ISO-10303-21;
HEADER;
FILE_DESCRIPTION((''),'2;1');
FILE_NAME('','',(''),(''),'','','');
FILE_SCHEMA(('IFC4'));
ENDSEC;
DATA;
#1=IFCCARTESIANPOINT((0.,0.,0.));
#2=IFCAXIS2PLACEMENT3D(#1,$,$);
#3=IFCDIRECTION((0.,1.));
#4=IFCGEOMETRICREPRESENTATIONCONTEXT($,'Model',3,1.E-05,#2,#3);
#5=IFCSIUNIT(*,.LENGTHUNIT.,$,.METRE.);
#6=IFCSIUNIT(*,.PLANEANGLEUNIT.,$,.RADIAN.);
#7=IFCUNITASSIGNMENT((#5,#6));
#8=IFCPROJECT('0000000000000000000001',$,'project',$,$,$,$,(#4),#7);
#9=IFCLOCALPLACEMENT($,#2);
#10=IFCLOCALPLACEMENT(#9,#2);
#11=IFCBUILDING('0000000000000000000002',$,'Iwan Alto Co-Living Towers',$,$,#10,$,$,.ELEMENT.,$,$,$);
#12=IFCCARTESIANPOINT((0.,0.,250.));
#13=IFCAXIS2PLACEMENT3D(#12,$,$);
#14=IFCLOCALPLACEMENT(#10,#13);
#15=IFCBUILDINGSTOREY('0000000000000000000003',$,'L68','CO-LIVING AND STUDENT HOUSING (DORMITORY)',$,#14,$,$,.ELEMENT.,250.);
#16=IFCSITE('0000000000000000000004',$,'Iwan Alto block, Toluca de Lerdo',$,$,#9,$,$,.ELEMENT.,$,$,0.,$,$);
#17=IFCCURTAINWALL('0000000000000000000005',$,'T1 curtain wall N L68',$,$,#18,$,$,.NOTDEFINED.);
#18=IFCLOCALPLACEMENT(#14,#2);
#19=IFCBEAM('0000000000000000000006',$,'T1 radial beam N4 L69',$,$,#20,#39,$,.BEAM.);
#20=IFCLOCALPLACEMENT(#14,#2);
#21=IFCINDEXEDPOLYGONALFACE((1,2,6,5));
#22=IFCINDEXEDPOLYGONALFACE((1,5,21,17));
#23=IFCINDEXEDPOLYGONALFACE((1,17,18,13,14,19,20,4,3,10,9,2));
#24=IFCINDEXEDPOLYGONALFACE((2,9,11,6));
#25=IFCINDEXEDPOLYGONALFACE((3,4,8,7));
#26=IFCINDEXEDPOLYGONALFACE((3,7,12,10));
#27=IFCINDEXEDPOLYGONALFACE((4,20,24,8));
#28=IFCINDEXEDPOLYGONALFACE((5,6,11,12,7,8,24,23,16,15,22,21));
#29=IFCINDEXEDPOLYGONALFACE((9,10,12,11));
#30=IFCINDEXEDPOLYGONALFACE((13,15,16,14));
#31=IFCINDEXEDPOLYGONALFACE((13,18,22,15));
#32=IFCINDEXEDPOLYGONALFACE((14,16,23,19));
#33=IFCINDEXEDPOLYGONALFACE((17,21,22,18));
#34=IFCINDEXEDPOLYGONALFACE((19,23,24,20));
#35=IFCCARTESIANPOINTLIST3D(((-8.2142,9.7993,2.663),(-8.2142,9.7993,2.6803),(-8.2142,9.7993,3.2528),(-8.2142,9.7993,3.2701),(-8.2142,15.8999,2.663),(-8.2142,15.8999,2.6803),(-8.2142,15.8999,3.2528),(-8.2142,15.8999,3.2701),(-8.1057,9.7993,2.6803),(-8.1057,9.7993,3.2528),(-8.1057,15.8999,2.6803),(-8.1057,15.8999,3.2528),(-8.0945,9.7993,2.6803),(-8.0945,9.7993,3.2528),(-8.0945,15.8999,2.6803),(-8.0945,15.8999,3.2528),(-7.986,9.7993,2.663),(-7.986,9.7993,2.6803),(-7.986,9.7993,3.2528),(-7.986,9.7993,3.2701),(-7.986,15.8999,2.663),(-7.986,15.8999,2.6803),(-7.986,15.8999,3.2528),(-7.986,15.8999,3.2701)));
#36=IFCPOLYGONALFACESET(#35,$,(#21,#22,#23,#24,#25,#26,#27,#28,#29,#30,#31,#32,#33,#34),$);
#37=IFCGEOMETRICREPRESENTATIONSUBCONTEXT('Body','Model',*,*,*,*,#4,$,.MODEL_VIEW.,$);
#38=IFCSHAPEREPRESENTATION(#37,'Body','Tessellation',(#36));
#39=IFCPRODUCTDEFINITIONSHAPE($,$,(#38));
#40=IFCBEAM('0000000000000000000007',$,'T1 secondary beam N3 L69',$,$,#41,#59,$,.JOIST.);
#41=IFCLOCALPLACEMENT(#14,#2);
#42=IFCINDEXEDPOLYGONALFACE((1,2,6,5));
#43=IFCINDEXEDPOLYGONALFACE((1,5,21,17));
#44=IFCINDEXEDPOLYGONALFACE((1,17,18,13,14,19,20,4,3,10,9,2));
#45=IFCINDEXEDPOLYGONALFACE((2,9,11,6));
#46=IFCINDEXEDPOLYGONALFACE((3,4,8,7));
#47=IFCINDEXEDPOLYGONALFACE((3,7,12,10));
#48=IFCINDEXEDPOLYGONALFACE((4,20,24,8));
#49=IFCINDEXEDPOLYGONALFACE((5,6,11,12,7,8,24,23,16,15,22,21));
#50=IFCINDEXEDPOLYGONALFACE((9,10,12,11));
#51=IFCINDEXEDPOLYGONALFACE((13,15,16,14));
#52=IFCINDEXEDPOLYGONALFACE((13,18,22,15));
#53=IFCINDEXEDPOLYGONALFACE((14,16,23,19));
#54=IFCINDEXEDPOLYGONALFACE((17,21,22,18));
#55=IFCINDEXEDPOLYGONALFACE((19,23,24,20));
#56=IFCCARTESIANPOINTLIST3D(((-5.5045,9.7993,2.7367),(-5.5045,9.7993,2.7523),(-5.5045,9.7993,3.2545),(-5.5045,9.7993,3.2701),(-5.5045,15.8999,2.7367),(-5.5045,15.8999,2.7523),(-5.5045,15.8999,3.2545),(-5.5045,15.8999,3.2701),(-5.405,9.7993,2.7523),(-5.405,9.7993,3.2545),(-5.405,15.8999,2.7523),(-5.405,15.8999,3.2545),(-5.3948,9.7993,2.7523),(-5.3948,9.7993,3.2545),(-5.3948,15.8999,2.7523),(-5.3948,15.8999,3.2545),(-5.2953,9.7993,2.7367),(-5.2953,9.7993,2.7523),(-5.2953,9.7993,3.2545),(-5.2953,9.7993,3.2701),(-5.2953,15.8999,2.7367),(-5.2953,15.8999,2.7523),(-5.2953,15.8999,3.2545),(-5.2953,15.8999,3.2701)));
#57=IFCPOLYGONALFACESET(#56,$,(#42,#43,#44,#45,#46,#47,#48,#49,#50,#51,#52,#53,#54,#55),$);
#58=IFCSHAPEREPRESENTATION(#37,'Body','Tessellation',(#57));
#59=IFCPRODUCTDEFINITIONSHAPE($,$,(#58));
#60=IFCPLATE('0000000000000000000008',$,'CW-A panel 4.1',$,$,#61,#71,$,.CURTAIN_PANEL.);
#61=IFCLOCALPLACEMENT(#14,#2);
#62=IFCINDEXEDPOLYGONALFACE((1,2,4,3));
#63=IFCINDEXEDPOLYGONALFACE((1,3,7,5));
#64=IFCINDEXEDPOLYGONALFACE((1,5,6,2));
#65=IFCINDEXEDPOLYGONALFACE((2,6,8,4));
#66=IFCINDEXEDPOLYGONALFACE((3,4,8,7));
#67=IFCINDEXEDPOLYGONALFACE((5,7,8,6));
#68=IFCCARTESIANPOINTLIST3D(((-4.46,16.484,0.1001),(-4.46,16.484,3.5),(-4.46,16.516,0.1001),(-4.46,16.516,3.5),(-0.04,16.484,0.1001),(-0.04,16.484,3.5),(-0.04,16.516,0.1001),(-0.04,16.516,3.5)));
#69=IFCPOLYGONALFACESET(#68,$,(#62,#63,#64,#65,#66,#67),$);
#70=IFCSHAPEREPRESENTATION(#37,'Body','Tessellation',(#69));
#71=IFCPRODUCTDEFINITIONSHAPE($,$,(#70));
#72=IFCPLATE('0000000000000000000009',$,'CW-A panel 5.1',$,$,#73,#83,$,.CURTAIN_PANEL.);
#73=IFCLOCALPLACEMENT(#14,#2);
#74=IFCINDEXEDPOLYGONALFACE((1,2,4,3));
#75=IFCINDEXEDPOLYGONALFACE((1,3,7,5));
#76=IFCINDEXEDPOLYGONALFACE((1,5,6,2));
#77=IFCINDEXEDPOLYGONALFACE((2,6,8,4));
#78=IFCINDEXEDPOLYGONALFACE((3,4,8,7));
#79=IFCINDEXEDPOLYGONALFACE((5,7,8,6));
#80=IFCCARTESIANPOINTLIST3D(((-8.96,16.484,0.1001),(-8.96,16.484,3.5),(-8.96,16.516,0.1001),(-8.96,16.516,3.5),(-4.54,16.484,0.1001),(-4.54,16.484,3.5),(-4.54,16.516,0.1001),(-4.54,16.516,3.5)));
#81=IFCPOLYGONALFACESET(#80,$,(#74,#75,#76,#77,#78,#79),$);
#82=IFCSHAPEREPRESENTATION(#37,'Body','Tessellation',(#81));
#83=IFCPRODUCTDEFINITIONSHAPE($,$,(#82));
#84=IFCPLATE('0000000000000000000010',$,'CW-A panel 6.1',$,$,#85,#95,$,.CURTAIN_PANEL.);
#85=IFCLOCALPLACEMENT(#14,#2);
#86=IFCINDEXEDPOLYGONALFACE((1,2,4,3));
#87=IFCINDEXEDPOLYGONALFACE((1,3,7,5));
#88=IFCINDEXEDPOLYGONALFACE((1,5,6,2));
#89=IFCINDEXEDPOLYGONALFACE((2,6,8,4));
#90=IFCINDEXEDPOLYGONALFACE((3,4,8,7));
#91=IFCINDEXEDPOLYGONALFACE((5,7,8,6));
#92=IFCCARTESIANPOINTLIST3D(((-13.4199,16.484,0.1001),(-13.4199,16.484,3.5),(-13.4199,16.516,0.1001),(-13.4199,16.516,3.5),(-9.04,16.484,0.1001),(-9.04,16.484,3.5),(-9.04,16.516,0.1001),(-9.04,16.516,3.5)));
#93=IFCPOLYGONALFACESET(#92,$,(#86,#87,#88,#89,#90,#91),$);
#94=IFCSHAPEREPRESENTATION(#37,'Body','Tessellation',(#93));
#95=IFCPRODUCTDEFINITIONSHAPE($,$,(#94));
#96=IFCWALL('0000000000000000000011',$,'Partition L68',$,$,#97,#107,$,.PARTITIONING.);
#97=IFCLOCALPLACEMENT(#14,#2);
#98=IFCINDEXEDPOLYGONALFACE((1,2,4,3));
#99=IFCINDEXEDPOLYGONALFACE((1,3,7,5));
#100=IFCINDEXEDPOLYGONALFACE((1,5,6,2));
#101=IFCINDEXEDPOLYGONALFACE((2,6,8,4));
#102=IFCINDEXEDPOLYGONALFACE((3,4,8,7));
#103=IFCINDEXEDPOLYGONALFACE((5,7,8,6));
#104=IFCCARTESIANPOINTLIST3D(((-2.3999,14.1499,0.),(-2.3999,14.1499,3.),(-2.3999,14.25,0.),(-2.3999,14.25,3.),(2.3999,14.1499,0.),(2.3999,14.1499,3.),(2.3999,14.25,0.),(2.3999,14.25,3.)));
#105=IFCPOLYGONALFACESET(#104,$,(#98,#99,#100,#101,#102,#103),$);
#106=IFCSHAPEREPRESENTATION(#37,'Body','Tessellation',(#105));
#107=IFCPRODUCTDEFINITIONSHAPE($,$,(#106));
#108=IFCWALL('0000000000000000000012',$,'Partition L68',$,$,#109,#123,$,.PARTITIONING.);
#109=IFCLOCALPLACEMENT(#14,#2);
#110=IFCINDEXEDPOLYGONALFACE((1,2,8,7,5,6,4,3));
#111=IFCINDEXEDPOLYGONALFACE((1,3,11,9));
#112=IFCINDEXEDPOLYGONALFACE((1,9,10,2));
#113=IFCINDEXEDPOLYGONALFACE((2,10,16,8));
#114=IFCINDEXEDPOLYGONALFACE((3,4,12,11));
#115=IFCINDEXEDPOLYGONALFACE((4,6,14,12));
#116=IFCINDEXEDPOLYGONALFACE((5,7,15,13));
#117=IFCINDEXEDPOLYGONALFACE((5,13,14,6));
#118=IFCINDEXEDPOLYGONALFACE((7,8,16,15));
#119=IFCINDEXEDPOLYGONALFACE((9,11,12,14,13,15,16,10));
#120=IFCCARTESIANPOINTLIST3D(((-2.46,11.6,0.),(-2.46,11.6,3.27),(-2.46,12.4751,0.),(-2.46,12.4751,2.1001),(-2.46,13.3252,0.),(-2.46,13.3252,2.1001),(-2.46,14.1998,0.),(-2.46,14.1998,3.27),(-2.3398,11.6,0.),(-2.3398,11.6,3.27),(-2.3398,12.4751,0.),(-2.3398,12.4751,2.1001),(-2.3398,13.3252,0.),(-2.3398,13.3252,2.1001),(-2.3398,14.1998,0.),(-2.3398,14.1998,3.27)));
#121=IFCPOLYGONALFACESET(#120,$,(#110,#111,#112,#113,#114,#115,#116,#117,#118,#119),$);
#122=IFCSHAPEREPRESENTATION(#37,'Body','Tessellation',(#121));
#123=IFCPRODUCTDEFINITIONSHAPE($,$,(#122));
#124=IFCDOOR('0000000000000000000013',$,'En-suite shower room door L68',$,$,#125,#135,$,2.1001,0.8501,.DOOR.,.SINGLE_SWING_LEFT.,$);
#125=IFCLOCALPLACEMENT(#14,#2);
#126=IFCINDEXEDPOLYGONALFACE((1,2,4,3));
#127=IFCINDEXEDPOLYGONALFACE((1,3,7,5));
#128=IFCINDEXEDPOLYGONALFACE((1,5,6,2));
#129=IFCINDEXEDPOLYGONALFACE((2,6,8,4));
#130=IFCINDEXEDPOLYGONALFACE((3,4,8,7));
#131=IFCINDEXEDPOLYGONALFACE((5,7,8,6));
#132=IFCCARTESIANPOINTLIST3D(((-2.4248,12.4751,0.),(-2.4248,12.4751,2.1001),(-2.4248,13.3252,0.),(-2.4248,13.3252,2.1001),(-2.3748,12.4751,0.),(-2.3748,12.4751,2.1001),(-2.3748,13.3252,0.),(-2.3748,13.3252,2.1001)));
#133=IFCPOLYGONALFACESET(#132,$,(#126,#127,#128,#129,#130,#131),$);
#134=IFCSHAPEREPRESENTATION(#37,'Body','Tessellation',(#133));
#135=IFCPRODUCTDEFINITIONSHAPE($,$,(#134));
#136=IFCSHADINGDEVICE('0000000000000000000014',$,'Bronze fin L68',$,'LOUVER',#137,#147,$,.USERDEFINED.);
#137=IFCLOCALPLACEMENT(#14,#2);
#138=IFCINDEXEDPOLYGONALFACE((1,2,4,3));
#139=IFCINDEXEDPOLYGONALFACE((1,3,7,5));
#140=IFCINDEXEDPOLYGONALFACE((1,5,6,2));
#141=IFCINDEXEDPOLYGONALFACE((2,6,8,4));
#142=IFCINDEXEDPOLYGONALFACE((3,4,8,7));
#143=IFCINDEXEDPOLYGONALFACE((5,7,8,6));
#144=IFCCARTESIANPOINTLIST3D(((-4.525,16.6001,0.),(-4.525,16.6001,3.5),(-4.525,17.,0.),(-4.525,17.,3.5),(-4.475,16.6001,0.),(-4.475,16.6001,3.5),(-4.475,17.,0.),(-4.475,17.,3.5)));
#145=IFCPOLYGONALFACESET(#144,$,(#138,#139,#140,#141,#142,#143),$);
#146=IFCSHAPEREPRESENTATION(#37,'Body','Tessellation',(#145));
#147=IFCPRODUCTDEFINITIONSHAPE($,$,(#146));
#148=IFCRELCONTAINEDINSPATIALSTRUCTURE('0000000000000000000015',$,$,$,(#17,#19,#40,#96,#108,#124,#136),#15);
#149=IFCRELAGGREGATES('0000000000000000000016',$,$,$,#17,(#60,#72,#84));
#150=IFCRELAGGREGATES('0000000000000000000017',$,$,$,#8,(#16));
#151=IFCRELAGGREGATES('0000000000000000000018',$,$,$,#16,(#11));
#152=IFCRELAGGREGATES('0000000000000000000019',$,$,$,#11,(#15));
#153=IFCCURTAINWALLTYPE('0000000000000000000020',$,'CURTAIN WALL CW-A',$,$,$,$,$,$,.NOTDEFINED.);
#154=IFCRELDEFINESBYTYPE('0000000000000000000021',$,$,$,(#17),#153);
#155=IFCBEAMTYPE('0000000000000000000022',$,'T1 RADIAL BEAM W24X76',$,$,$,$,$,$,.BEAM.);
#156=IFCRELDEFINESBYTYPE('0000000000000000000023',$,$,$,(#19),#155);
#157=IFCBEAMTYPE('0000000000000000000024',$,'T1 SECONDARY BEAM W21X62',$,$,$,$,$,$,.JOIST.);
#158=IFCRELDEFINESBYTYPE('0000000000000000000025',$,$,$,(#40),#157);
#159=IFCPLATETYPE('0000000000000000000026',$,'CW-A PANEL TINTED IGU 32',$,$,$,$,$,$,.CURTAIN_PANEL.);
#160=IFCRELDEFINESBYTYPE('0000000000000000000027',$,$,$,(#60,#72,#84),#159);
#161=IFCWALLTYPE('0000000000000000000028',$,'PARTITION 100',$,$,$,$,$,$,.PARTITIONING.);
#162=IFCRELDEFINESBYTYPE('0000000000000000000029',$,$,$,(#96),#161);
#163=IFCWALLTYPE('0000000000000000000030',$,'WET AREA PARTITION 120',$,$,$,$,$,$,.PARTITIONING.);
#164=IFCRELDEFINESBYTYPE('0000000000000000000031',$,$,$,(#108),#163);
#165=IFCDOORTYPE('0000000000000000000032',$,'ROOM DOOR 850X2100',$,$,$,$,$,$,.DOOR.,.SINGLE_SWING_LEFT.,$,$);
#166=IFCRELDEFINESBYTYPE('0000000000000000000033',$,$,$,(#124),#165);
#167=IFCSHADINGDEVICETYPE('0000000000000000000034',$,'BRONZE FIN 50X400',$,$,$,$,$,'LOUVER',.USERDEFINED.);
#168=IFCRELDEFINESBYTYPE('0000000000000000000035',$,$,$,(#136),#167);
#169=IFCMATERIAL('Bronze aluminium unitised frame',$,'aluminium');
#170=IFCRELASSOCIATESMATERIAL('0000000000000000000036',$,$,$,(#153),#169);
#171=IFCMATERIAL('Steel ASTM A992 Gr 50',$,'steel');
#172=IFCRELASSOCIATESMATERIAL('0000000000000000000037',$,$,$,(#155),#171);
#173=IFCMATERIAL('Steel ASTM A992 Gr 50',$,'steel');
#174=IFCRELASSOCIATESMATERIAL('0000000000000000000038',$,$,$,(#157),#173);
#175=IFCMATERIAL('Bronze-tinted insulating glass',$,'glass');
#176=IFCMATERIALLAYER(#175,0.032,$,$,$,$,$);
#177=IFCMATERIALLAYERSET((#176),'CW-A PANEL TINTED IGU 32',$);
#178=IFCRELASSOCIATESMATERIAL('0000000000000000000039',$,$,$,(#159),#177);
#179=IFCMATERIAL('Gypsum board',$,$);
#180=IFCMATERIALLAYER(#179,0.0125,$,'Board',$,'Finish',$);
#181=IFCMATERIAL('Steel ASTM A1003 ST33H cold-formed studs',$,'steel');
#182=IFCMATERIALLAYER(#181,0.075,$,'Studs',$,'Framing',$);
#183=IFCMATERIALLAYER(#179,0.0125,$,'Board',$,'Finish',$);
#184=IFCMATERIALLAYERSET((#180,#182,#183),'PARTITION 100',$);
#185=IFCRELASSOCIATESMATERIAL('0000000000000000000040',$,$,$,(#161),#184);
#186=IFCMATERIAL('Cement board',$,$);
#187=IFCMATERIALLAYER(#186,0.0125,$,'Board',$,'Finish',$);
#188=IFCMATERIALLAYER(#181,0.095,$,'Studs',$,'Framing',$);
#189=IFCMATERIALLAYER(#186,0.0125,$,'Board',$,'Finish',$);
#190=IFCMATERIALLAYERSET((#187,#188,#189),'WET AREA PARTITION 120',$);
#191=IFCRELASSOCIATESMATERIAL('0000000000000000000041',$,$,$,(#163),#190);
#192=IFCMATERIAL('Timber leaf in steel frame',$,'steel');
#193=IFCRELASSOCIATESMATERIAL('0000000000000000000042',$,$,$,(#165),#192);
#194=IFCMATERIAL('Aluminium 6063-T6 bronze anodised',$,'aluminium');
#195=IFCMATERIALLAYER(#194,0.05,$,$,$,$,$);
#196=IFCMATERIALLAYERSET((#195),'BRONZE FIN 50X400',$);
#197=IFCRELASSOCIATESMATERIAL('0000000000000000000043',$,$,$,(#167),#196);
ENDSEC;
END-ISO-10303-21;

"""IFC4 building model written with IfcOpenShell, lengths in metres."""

from ifc_helpers import new_model, si_unit, direction, frame, frame_2d, origin, origin_2d, place, context, subcontext, project, spatial, rectangle, i_section, extrude, material, layer, layer_set, material_profile, profile_set, type_object, element, fill, aggregate, save


model = new_model("IFC4")

# Units and contexts
model_context = context("Model", 3, precision=1e-05, world=origin(), true_north=direction((0.0, 1.0)))
body_context = subcontext(model_context, "Body", "Model", "MODEL_VIEW")
ifc_project = project(units=[si_unit("LENGTHUNIT", "METRE"), si_unit("PLANEANGLEUNIT", "RADIAN")], contexts=[model_context])

# Site, building, storey
site_placement = place(None, origin())
site = spatial("IfcSite", under=ifc_project, at=site_placement, Name="Iwan Alto block, Toluca de Lerdo", CompositionType="ELEMENT", RefElevation=0.0)
building_placement = place(site_placement, origin())
building = spatial("IfcBuilding", under=site, at=building_placement, Name="Iwan Alto Co-Living Towers", CompositionType="ELEMENT")
storey_placement = place(building_placement, frame((0.0, 0.0, 250.0)))
storey = spatial("IfcBuildingStorey", under=building, at=storey_placement, Name="L68", Description="CO-LIVING AND STUDENT HOUSING (DORMITORY)", CompositionType="ELEMENT", Elevation=250.0)

# Curtain wall
ifc_material_1 = material(Name="Bronze aluminium unitised frame", Category="aluminium")
curtain_wall_type = type_object("IfcCurtainWallType", Name="CURTAIN WALL CW-A", PredefinedType="NOTDEFINED", material=ifc_material_1)
curtain_wall_placement = place(storey_placement, origin())
curtain_wall = element("IfcCurtainWall", 1, at=curtain_wall_placement, inside=storey, type_object=curtain_wall_type, Name="T1 curtain wall N L68", PredefinedType="NOTDEFINED")

# Beams
ifc_material_2 = material(Name="Steel ASTM A992 Gr 50", Category="steel")
ifc_material_profile_1 = material_profile(ifc_material_2, i_section(OverallWidth=0.2283, OverallDepth=0.6072, WebThickness=0.0112, FlangeThickness=0.0173, at=origin_2d()), Name="W24X76")
ifc_profile_set_1 = profile_set([ifc_material_profile_1], Name="Steel ASTM A992 Gr 50")
beam_type_1 = type_object("IfcBeamType", Name="T1 RADIAL BEAM W24X76", PredefinedType="BEAM", material=ifc_profile_set_1)
for number, where, z_axis, x_axis, name in (
    (2, (-8.1001, 15.8999, 2.9666), (0.0, -1.0, 0.0), (1.0, 0.0, 0.0), "T1 radial beam N4 L69"),
):
    element("IfcBeam", number, at=place(storey_placement, frame(where, z_axis=z_axis, x_axis=x_axis)), inside=storey, type_object=beam_type_1, Name=name, PredefinedType="BEAM", context=body_context, shape_type="SweptSolid", body=[
        extrude(i_section(OverallWidth=0.2283, OverallDepth=0.6072, WebThickness=0.0112, FlangeThickness=0.0173, at=origin_2d()), origin(), (0.0, 0.0, 1.0), 6.1006),
    ])
ifc_material_3 = material(Name="Steel ASTM A992 Gr 50", Category="steel")
ifc_material_profile_2 = material_profile(ifc_material_3, i_section(OverallWidth=0.2092, OverallDepth=0.5334, WebThickness=0.0103, FlangeThickness=0.0156, at=origin_2d()), Name="W21X62")
ifc_profile_set_2 = profile_set([ifc_material_profile_2], Name="Steel ASTM A992 Gr 50")
beam_type_2 = type_object("IfcBeamType", Name="T1 SECONDARY BEAM W21X62", PredefinedType="JOIST", material=ifc_profile_set_2)
beam_1_placement = place(storey_placement, frame((-5.3999, 15.8999, 3.0034), z_axis=(0.0, -1.0, 0.0), x_axis=(1.0, 0.0, 0.0)))
element("IfcBeam", 3, at=beam_1_placement, inside=storey, type_object=beam_type_2, Name="T1 secondary beam N3 L69", PredefinedType="JOIST", context=body_context, shape_type="SweptSolid", body=[
    extrude(i_section(OverallWidth=0.2092, OverallDepth=0.5334, WebThickness=0.0103, FlangeThickness=0.0156, at=origin_2d()), origin(), (0.0, 0.0, 1.0), 6.1006),
])

# Plates
ifc_material_4 = material(Name="Bronze-tinted insulating glass", Category="glass")
ifc_layer_1 = layer(ifc_material_4, 0.032)
ifc_layer_set_1 = layer_set([ifc_layer_1], Name="CW-A PANEL TINTED IGU 32")
plate_type = type_object("IfcPlateType", Name="CW-A PANEL TINTED IGU 32", PredefinedType="CURTAIN_PANEL", material=ifc_layer_set_1)
plate_1_placement = place(storey_placement, frame((-2.25, 16.5, 0.1001), z_axis=(0.0, 0.0, 1.0), x_axis=(-1.0, 0.0, 0.0)))
plate_1 = element("IfcPlate", 4, at=plate_1_placement, type_object=plate_type, Name="CW-A panel 4.1", PredefinedType="CURTAIN_PANEL", context=body_context, shape_type="SweptSolid", body=[
    extrude(rectangle(XDim=4.4199, YDim=0.032, at=origin_2d()), origin(), (0.0, 0.0, 1.0), 3.3999),
])
plate_2_placement = place(storey_placement, frame((-6.75, 16.5, 0.1001), z_axis=(0.0, 0.0, 1.0), x_axis=(-1.0, 0.0, 0.0)))
plate_2 = element("IfcPlate", 5, at=plate_2_placement, type_object=plate_type, Name="CW-A panel 5.1", PredefinedType="CURTAIN_PANEL", context=body_context, shape_type="SweptSolid", body=[
    extrude(rectangle(XDim=4.4199, YDim=0.032, at=origin_2d()), origin(), (0.0, 0.0, 1.0), 3.3999),
])
plate_3_placement = place(storey_placement, frame((-11.23, 16.5, 0.1001), z_axis=(0.0, 0.0, 1.0), x_axis=(-1.0, 0.0, 0.0)))
plate_3 = element("IfcPlate", 6, at=plate_3_placement, type_object=plate_type, Name="CW-A panel 6.1", PredefinedType="CURTAIN_PANEL", context=body_context, shape_type="SweptSolid", body=[
    extrude(rectangle(XDim=4.3799, YDim=0.032, at=origin_2d()), origin(), (0.0, 0.0, 1.0), 3.3999),
])
aggregate(curtain_wall, [plate_1, plate_2, plate_3])

# Wall
ifc_material_5 = material(Name="Gypsum board")
ifc_layer_2 = layer(ifc_material_5, 0.0125, Name="Board", Category="Finish")
ifc_material_6 = material(Name="Steel ASTM A1003 ST33H cold-formed studs", Category="steel")
ifc_layer_3 = layer(ifc_material_6, 0.075, Name="Studs", Category="Framing")
ifc_layer_4 = layer(ifc_material_5, 0.0125, Name="Board", Category="Finish")
ifc_layer_set_2 = layer_set([ifc_layer_2, ifc_layer_3, ifc_layer_4], Name="PARTITION 100")
wall_type_1 = type_object("IfcWallType", Name="PARTITION 100", PredefinedType="PARTITIONING", material=ifc_layer_set_2)
wall_1_placement = place(storey_placement, frame((-2.3999, 14.2, 0.0), z_axis=(0.0, 0.0, 1.0), x_axis=(1.0, 0.0, 0.0)))
element("IfcWall", 7, at=wall_1_placement, inside=storey, type_object=wall_type_1, Name="Partition L68", PredefinedType="PARTITIONING", context=body_context, shape_type="SweptSolid", body=[
    extrude(rectangle(XDim=4.7998, YDim=0.1001, at=frame_2d((2.3999, 0.0))), origin(), (0.0, 0.0, 1.0), 3.0),
])

# Wall, opening, door
ifc_material_7 = material(Name="Cement board")
ifc_layer_5 = layer(ifc_material_7, 0.0125, Name="Board", Category="Finish")
ifc_layer_6 = layer(ifc_material_6, 0.095, Name="Studs", Category="Framing")
ifc_layer_7 = layer(ifc_material_7, 0.0125, Name="Board", Category="Finish")
ifc_layer_set_3 = layer_set([ifc_layer_5, ifc_layer_6, ifc_layer_7], Name="WET AREA PARTITION 120")
wall_type_2 = type_object("IfcWallType", Name="WET AREA PARTITION 120", PredefinedType="PARTITIONING", material=ifc_layer_set_3)
wall_2_placement = place(storey_placement, frame((-2.3999, 11.6001, 0.0), z_axis=(0.0, 0.0, 1.0), x_axis=(0.0, 1.0, 0.0)))
wall_2 = element("IfcWall", 8, at=wall_2_placement, inside=storey, type_object=wall_type_2, Name="Partition L68", PredefinedType="PARTITIONING", context=body_context, shape_type="SweptSolid", body=[
    extrude(rectangle(XDim=2.5999, YDim=0.1201, at=frame_2d((1.2998, 0.0))), origin(), (0.0, 0.0, 1.0), 3.27),
])
opening_placement = place(wall_2_placement, frame((0.875, 0.0, 0.0)))
opening = element("IfcOpeningElement", 9, at=opening_placement, cuts=wall_2, PredefinedType="OPENING", context=body_context, shape_type="SweptSolid", body=[
    extrude(rectangle(XDim=0.8501, YDim=2.1001, at=frame_2d((0.425, 1.05))), frame((0.0, 0.0701, 0.0), z_axis=(0.0, -1.0, 0.0), x_axis=(1.0, 0.0, 0.0)), (0.0, 0.0, 1.0), 0.1401),
])
ifc_material_8 = material(Name="Timber leaf in steel frame", Category="steel")
door_type = type_object("IfcDoorType", Name="ROOM DOOR 850X2100", OperationType="SINGLE_SWING_LEFT", PredefinedType="DOOR", material=ifc_material_8)
door_placement = place(opening_placement, origin())
door = element("IfcDoor", 10, at=door_placement, inside=storey, type_object=door_type, Name="En-suite shower room door L68", OperationType="SINGLE_SWING_LEFT", OverallHeight=2.1001, OverallWidth=0.8501, PredefinedType="DOOR", context=body_context, shape_type="SweptSolid", body=[
    extrude(rectangle(XDim=0.8501, YDim=2.1001, at=frame_2d((0.425, 1.05))), frame((0.0, 0.0249, 0.0), z_axis=(0.0, -1.0, 0.0), x_axis=(1.0, 0.0, 0.0)), (0.0, 0.0, 1.0), 0.05),
])
fill(opening, door)

# Shading device
ifc_material_9 = material(Name="Aluminium 6063-T6 bronze anodised", Category="aluminium")
ifc_layer_8 = layer(ifc_material_9, 0.05)
ifc_layer_set_4 = layer_set([ifc_layer_8], Name="BRONZE FIN 50X400")
shading_device_type = type_object("IfcShadingDeviceType", Name="BRONZE FIN 50X400", ElementType="LOUVER", PredefinedType="USERDEFINED", material=ifc_layer_set_4)
shading_device_placement = place(storey_placement, frame((-4.5, 16.8, 0.0), z_axis=(0.0, 0.0, 1.0), x_axis=(-1.0, 0.0, 0.0)))
element("IfcShadingDevice", 11, at=shading_device_placement, inside=storey, type_object=shading_device_type, Name="Bronze fin L68", ObjectType="LOUVER", PredefinedType="USERDEFINED", context=body_context, shape_type="SweptSolid", body=[
    extrude(rectangle(XDim=0.05, YDim=0.3999, at=origin_2d()), origin(), (0.0, 0.0, 1.0), 3.5),
])

save(model, "model.ifc")
